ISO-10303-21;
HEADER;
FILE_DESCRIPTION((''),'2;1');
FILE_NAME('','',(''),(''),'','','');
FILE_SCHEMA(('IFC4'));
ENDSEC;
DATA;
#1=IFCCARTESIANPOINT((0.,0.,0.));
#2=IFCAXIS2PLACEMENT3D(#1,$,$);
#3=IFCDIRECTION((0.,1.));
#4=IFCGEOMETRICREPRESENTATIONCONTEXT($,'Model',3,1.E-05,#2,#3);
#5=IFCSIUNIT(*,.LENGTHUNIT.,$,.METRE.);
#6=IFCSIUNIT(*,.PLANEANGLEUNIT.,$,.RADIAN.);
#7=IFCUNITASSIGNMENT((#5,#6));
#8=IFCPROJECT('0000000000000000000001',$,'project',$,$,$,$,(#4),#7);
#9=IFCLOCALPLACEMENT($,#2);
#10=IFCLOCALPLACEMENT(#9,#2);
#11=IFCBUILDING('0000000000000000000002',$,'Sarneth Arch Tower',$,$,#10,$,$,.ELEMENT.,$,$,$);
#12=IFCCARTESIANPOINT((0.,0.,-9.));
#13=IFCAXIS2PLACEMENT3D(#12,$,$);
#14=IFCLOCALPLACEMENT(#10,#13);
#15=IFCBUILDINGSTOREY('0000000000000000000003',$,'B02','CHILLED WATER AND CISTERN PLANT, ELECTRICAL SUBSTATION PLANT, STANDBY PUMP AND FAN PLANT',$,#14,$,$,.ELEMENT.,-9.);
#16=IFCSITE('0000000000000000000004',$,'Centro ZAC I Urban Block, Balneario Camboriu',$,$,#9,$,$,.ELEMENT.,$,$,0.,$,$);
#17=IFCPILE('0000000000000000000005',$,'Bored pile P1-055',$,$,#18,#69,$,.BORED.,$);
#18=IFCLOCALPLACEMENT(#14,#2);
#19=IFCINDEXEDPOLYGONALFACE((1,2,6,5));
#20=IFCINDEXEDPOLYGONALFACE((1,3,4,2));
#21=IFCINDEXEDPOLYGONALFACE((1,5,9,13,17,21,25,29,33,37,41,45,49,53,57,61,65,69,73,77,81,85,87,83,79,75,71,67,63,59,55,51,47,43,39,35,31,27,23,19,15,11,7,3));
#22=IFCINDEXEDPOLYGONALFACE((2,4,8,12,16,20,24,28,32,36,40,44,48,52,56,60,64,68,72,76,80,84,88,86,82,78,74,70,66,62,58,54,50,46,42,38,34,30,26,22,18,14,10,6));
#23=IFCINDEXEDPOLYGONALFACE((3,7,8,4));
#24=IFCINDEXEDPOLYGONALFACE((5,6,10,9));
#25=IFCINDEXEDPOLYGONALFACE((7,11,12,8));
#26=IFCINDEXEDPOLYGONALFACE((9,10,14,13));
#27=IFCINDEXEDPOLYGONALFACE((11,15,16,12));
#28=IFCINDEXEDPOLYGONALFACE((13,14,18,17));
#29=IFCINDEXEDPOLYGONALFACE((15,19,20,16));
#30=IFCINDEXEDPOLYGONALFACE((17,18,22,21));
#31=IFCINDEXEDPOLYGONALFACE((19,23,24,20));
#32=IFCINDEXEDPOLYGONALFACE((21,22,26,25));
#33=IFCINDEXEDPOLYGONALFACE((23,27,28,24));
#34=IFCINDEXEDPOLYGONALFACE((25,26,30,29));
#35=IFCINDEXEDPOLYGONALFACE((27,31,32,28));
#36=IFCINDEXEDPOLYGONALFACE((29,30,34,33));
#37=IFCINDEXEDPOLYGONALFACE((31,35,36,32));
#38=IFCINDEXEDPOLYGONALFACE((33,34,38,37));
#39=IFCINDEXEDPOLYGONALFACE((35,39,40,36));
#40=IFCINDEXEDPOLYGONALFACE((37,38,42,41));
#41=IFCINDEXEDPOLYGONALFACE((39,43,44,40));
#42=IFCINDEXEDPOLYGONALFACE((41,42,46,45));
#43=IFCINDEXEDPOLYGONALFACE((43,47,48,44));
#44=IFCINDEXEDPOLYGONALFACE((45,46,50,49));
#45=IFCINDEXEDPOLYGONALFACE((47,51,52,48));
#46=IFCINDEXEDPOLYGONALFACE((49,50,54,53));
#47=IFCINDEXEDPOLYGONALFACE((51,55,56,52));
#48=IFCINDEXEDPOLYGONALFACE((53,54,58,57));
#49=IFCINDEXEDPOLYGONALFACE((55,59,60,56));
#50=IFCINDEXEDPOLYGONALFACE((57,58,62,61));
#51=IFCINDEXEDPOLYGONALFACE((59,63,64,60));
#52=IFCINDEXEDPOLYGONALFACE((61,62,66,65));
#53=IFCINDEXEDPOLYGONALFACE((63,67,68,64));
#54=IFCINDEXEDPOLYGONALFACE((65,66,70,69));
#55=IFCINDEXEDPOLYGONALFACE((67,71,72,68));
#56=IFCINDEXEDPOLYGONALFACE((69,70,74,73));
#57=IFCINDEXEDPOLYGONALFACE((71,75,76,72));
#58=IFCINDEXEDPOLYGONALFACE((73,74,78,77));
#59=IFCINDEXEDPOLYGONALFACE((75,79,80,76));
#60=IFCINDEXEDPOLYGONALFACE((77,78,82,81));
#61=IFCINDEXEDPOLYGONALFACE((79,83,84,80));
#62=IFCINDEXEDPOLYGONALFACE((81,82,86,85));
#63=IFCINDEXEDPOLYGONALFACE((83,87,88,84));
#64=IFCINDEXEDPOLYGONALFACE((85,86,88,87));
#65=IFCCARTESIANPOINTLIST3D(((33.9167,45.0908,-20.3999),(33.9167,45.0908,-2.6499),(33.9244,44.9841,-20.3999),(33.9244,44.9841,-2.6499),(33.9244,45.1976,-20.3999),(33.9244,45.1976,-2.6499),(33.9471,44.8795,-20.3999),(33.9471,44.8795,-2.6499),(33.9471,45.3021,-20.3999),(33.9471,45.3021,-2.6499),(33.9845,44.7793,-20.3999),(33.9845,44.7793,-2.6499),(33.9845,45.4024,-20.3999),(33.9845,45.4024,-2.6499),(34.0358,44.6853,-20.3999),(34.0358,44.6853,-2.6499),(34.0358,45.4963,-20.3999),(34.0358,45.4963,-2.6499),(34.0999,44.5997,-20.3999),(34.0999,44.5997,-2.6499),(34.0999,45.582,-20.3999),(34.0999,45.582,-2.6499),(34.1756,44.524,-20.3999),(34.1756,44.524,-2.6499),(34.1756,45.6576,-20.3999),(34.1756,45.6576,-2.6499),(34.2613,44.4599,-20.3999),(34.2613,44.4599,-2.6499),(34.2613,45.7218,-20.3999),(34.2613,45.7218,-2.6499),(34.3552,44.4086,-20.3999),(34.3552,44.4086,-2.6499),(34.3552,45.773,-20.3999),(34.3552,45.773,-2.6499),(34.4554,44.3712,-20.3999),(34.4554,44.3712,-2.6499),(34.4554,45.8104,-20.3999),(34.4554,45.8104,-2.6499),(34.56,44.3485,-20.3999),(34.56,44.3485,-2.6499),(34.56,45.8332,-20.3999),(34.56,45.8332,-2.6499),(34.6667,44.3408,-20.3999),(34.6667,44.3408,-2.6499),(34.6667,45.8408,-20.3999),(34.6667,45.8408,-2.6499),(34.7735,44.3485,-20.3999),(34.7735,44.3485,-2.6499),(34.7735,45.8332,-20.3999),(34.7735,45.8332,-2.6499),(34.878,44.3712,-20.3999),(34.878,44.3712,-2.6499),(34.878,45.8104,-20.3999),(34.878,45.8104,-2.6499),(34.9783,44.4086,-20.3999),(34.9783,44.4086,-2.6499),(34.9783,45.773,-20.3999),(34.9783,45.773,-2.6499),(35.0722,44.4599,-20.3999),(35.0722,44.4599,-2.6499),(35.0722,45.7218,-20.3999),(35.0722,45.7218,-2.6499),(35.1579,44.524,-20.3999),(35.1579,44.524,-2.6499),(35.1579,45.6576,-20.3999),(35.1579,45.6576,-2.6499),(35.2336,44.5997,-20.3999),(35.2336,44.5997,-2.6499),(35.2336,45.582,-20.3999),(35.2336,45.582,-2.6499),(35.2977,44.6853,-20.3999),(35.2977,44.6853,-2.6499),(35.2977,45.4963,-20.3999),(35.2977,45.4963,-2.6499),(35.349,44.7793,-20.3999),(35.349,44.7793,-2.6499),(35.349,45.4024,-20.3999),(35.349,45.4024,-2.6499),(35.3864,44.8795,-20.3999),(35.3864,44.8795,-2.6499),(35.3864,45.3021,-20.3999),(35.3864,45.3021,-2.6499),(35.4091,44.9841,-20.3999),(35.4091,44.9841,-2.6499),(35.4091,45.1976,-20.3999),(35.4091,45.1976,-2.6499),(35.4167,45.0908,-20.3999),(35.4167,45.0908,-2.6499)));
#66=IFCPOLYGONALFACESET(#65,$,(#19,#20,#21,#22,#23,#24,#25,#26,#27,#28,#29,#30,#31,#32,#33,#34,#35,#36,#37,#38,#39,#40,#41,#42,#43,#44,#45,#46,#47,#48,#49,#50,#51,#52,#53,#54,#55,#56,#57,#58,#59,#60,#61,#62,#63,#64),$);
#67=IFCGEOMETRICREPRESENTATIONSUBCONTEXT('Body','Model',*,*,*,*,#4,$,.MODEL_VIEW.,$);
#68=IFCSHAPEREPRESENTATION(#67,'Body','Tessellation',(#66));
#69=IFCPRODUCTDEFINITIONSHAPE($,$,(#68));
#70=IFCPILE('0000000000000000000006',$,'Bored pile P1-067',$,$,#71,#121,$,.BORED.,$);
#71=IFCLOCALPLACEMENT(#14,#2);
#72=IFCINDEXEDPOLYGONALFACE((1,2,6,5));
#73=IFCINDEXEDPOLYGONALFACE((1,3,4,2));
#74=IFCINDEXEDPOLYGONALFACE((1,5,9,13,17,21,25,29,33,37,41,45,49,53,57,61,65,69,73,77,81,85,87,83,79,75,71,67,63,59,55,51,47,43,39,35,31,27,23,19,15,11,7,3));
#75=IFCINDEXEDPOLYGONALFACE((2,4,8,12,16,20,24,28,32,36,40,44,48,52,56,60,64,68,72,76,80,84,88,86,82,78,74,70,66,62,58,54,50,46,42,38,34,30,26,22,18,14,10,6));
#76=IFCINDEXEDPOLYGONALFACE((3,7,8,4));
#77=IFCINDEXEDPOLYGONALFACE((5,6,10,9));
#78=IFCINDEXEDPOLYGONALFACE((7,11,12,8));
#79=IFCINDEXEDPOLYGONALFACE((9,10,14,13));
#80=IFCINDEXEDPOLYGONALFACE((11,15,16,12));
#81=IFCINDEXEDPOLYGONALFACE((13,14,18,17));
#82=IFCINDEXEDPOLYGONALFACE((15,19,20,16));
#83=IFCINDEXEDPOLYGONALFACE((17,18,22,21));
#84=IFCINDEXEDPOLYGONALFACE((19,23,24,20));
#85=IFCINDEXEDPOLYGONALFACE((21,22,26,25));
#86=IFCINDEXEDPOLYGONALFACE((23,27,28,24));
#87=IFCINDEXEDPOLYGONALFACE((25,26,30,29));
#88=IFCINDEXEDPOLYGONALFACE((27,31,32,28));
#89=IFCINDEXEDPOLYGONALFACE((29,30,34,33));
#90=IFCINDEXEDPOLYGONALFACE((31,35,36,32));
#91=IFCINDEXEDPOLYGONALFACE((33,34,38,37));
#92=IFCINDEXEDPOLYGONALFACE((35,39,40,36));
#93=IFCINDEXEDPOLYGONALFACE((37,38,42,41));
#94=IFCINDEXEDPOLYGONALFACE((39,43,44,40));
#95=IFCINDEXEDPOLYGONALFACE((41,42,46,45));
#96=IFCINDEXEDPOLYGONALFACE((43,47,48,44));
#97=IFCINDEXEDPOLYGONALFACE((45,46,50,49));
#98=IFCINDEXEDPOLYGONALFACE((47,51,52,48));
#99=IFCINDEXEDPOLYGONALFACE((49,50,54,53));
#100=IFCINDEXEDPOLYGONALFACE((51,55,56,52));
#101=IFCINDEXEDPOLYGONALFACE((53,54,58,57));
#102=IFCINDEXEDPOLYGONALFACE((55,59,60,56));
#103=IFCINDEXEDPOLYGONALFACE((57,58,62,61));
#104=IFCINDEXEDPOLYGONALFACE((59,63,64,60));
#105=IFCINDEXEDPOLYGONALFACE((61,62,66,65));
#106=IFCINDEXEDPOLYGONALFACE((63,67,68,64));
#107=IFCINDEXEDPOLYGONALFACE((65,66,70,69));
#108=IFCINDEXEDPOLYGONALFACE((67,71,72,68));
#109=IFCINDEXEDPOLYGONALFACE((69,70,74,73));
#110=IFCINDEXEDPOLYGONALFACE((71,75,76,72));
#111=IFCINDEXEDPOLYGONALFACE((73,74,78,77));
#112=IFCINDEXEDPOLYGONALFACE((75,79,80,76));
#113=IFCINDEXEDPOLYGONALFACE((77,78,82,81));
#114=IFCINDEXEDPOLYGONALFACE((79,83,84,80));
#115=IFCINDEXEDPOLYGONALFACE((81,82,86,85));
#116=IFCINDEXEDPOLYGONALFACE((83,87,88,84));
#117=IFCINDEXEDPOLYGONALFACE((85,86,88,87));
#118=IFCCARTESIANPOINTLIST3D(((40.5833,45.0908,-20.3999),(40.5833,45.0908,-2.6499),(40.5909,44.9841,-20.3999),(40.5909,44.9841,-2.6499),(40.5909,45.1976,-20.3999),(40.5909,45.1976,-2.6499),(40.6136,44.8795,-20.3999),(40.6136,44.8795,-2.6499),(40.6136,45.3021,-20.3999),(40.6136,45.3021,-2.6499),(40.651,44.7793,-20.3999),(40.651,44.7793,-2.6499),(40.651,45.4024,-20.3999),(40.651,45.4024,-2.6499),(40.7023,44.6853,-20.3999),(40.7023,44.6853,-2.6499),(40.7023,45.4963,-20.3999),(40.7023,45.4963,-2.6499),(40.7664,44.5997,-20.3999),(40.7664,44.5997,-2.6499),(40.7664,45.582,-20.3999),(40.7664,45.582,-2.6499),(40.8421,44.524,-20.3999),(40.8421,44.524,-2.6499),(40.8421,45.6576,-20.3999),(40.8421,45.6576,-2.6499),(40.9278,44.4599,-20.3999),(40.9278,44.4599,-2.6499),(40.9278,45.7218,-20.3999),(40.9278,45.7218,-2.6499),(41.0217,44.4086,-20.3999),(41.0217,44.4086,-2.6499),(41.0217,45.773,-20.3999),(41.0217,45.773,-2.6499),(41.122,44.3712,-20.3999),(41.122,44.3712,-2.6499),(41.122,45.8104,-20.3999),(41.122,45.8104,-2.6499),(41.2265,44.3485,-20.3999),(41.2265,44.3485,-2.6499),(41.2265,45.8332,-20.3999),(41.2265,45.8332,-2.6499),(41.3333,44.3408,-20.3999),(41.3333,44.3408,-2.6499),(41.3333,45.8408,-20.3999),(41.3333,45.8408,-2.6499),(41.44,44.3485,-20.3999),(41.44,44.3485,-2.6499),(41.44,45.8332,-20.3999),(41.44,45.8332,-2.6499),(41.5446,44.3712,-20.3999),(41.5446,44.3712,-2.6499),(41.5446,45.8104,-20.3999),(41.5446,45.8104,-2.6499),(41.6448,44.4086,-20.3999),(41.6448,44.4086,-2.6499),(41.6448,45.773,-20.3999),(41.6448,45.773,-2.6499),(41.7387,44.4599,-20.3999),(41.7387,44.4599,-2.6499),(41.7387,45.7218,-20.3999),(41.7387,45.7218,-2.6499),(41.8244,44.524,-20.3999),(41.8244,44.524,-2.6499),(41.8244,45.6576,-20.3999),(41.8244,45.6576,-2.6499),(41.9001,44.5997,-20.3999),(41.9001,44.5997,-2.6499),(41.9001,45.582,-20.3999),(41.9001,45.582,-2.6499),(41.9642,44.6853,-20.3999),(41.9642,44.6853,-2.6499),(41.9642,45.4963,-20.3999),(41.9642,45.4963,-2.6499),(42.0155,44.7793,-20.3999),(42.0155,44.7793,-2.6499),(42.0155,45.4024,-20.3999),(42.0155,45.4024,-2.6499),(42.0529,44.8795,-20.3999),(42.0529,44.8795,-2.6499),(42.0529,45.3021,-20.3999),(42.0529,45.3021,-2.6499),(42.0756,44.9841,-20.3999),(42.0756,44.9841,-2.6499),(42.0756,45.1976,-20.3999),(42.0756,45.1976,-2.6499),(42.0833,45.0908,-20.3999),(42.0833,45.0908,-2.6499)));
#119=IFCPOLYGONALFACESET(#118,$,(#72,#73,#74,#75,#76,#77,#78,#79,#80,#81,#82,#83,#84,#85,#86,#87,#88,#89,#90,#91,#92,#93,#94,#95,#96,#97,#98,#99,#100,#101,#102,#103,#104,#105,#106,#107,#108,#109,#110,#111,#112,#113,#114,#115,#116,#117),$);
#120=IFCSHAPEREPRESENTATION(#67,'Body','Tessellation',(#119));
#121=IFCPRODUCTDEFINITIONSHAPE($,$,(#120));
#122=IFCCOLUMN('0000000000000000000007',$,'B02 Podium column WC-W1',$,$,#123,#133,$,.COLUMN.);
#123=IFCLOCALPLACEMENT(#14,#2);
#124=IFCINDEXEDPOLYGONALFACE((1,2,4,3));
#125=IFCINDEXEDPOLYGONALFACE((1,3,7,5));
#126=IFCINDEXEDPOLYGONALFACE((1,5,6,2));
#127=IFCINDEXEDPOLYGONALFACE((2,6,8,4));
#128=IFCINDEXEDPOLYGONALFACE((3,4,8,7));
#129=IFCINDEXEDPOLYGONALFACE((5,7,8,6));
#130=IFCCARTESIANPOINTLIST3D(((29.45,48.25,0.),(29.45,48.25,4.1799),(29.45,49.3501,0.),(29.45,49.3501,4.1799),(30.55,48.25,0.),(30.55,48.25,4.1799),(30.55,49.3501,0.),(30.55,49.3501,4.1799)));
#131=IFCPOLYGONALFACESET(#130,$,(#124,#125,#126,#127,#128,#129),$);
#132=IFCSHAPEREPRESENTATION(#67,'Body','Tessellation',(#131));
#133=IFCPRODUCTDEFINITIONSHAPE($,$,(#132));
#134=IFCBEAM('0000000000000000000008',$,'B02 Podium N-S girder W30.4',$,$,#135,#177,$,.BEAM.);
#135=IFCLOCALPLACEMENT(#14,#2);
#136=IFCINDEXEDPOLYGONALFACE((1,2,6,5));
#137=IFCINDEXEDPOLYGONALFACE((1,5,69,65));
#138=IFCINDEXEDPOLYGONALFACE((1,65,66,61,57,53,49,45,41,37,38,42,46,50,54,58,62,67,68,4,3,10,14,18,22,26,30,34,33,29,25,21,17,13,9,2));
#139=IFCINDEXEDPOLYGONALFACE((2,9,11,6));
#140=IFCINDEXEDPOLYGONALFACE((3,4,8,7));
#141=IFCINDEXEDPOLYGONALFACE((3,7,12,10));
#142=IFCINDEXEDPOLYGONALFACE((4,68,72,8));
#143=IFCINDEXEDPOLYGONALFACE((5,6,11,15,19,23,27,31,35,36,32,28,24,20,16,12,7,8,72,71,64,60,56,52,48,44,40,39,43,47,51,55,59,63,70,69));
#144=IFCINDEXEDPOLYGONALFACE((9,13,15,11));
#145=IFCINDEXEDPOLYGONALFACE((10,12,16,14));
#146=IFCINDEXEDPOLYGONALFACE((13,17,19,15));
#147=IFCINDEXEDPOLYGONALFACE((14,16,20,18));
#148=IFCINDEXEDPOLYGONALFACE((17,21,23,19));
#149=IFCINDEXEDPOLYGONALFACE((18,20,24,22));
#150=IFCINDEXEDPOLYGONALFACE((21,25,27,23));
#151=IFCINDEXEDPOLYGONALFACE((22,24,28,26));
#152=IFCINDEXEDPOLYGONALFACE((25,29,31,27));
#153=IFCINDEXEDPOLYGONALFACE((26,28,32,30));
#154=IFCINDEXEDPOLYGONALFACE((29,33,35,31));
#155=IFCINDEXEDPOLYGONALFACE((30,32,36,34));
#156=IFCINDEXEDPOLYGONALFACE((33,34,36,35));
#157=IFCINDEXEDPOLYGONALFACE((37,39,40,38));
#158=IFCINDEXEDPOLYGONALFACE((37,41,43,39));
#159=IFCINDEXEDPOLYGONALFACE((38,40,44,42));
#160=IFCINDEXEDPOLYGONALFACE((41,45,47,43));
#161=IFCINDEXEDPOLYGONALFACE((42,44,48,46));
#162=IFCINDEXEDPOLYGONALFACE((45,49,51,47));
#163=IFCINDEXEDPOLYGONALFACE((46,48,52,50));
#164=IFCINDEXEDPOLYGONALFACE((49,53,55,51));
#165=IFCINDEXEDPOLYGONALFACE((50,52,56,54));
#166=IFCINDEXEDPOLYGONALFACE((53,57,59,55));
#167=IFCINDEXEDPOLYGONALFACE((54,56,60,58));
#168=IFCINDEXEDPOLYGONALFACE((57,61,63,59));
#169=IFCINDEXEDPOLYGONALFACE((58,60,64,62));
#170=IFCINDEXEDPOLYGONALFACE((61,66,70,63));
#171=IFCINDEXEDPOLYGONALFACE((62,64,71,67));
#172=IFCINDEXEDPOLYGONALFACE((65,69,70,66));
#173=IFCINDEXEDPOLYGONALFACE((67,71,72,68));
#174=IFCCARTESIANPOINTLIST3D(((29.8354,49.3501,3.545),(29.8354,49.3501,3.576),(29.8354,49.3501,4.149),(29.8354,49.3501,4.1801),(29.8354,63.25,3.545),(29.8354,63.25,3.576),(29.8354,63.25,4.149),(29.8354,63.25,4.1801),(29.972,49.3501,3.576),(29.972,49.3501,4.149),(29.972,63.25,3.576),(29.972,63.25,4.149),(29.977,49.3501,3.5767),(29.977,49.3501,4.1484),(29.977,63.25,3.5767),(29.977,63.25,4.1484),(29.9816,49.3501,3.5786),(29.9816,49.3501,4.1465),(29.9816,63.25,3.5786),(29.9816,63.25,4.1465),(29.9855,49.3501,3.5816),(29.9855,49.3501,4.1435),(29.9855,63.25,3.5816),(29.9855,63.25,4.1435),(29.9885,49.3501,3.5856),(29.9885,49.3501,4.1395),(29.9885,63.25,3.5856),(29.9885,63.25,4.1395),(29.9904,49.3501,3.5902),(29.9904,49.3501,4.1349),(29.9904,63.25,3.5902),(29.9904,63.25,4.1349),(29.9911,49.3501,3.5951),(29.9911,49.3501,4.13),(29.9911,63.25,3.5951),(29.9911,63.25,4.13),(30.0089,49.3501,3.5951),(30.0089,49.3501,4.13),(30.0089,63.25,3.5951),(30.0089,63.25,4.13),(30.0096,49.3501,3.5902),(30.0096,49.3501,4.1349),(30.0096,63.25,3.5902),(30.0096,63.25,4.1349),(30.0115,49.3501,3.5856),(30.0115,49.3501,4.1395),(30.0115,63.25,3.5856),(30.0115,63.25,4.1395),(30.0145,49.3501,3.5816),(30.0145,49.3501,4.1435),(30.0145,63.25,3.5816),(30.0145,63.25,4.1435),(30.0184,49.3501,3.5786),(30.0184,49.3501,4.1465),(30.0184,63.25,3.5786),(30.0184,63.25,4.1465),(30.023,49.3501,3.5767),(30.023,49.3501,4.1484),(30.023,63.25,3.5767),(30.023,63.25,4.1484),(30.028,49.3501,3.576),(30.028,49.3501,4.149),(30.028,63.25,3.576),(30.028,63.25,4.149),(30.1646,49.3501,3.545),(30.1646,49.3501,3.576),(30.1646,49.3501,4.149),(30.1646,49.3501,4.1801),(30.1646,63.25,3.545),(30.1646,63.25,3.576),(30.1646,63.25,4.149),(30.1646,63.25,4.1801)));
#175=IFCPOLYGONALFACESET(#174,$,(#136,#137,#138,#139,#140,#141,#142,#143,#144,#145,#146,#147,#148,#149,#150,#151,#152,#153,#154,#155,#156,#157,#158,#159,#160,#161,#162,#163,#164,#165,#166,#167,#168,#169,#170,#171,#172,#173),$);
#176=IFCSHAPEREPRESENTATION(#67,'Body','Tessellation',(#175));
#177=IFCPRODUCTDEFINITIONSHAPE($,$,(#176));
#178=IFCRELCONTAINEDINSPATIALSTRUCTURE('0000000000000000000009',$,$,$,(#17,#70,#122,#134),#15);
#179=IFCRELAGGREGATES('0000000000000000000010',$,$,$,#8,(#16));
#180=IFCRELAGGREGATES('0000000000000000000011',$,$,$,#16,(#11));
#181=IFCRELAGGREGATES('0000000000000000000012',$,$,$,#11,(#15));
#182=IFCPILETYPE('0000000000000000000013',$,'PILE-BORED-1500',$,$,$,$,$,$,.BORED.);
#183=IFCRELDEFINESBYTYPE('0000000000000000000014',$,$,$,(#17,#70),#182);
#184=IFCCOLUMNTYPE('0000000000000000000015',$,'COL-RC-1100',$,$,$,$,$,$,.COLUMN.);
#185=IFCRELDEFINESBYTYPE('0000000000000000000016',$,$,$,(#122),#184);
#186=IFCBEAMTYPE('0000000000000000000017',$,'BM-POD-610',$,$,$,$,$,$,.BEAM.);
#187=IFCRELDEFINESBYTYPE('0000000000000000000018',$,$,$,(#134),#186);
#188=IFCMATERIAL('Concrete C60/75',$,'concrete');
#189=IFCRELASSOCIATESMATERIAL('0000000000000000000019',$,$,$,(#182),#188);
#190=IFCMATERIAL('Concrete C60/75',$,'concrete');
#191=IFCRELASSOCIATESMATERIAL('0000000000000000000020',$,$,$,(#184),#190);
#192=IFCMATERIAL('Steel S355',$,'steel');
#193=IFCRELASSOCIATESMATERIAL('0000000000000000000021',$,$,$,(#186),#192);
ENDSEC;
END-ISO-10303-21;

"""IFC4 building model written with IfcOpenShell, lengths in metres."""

from ifc_helpers import new_model, si_unit, direction, frame, origin, origin_2d, place, context, subcontext, project, spatial, rectangle, circle, i_section, extrude, material, material_profile, profile_set, type_object, element, save


model = new_model("IFC4")

# Units and contexts
model_context = context("Model", 3, precision=1e-05, world=origin(), true_north=direction((0.0, 1.0)))
body_context = subcontext(model_context, "Body", "Model", "MODEL_VIEW")
ifc_project = project(units=[si_unit("LENGTHUNIT", "METRE"), si_unit("PLANEANGLEUNIT", "RADIAN")], contexts=[model_context])

# Site, building, storey
site_placement = place(None, origin())
site = spatial("IfcSite", under=ifc_project, at=site_placement, Name="Centro ZAC I Urban Block, Balneario Camboriu", CompositionType="ELEMENT", RefElevation=0.0)
building_placement = place(site_placement, origin())
building = spatial("IfcBuilding", under=site, at=building_placement, Name="Sarneth Arch Tower", CompositionType="ELEMENT")
storey_placement = place(building_placement, frame((0.0, 0.0, -9.0)))
storey = spatial("IfcBuildingStorey", under=building, at=storey_placement, Name="B02", Description="CHILLED WATER AND CISTERN PLANT, ELECTRICAL SUBSTATION PLANT, STANDBY PUMP AND FAN PLANT", CompositionType="ELEMENT", Elevation=-9.0)

# Piles
ifc_material_1 = material(Name="Concrete C60/75", Category="concrete")
ifc_material_profile_1 = material_profile(ifc_material_1, circle(Radius=0.75, at=origin_2d()), Name="PILE-D1500")
ifc_profile_set_1 = profile_set([ifc_material_profile_1], Name="Concrete C60/75")
pile_type = type_object("IfcPileType", Name="PILE-BORED-1500", PredefinedType="BORED", material=ifc_profile_set_1)
for number, where, z_axis, x_axis, name in (
    (1, (34.6667, 45.0908, -2.6499), (0.0, 0.0, -1.0), (1.0, 0.0, 0.0), "Bored pile P1-055"),
    (2, (41.3333, 45.0908, -2.6499), (0.0, 0.0, -1.0), (1.0, 0.0, 0.0), "Bored pile P1-067"),
):
    element("IfcPile", number, at=place(storey_placement, frame(where, z_axis=z_axis, x_axis=x_axis)), inside=storey, type_object=pile_type, Name=name, PredefinedType="BORED", context=body_context, shape_type="SweptSolid", body=[
        extrude(circle(Radius=0.75, at=origin_2d()), origin(), (0.0, 0.0, 1.0), 17.75),
    ])

# Column
ifc_material_2 = material(Name="Concrete C60/75", Category="concrete")
ifc_material_profile_2 = material_profile(ifc_material_2, rectangle(XDim=1.1001, YDim=1.1001, at=origin_2d()), Name="RC-1100x1100")
ifc_profile_set_2 = profile_set([ifc_material_profile_2], Name="Concrete C60/75")
column_type = type_object("IfcColumnType", Name="COL-RC-1100", PredefinedType="COLUMN", material=ifc_profile_set_2)
column_placement = place(storey_placement, frame((30.0, 48.8, 0.0), z_axis=(0.0, 0.0, 1.0), x_axis=(1.0, 0.0, 0.0)))
element("IfcColumn", 3, at=column_placement, inside=storey, type_object=column_type, Name="B02 Podium column WC-W1", PredefinedType="COLUMN", context=body_context, shape_type="SweptSolid", body=[
    extrude(rectangle(XDim=1.1001, YDim=1.1001, at=origin_2d()), origin(), (0.0, 0.0, 1.0), 4.1799),
])

# Beam
ifc_material_3 = material(Name="Steel S355", Category="steel")
ifc_material_profile_3 = material_profile(ifc_material_3, i_section(OverallWidth=0.3291, OverallDepth=0.635, WebThickness=0.0178, FlangeThickness=0.031, FilletRadius=0.019, at=origin_2d()), Name="W610x241")
ifc_profile_set_3 = profile_set([ifc_material_profile_3], Name="Steel S355")
beam_type = type_object("IfcBeamType", Name="BM-POD-610", PredefinedType="BEAM", material=ifc_profile_set_3)
beam_1_placement = place(storey_placement, frame((30.0, 49.3501, 3.8625), z_axis=(0.0, 1.0, 0.0), x_axis=(-1.0, 0.0, 0.0)))
element("IfcBeam", 4, at=beam_1_placement, inside=storey, type_object=beam_type, Name="B02 Podium N-S girder W30.4", PredefinedType="BEAM", context=body_context, shape_type="SweptSolid", body=[
    extrude(i_section(OverallWidth=0.3291, OverallDepth=0.635, WebThickness=0.0178, FlangeThickness=0.031, FilletRadius=0.019, at=origin_2d()), origin(), (0.0, 0.0, 1.0), 13.8999),
])

save(model, "model.ifc")
